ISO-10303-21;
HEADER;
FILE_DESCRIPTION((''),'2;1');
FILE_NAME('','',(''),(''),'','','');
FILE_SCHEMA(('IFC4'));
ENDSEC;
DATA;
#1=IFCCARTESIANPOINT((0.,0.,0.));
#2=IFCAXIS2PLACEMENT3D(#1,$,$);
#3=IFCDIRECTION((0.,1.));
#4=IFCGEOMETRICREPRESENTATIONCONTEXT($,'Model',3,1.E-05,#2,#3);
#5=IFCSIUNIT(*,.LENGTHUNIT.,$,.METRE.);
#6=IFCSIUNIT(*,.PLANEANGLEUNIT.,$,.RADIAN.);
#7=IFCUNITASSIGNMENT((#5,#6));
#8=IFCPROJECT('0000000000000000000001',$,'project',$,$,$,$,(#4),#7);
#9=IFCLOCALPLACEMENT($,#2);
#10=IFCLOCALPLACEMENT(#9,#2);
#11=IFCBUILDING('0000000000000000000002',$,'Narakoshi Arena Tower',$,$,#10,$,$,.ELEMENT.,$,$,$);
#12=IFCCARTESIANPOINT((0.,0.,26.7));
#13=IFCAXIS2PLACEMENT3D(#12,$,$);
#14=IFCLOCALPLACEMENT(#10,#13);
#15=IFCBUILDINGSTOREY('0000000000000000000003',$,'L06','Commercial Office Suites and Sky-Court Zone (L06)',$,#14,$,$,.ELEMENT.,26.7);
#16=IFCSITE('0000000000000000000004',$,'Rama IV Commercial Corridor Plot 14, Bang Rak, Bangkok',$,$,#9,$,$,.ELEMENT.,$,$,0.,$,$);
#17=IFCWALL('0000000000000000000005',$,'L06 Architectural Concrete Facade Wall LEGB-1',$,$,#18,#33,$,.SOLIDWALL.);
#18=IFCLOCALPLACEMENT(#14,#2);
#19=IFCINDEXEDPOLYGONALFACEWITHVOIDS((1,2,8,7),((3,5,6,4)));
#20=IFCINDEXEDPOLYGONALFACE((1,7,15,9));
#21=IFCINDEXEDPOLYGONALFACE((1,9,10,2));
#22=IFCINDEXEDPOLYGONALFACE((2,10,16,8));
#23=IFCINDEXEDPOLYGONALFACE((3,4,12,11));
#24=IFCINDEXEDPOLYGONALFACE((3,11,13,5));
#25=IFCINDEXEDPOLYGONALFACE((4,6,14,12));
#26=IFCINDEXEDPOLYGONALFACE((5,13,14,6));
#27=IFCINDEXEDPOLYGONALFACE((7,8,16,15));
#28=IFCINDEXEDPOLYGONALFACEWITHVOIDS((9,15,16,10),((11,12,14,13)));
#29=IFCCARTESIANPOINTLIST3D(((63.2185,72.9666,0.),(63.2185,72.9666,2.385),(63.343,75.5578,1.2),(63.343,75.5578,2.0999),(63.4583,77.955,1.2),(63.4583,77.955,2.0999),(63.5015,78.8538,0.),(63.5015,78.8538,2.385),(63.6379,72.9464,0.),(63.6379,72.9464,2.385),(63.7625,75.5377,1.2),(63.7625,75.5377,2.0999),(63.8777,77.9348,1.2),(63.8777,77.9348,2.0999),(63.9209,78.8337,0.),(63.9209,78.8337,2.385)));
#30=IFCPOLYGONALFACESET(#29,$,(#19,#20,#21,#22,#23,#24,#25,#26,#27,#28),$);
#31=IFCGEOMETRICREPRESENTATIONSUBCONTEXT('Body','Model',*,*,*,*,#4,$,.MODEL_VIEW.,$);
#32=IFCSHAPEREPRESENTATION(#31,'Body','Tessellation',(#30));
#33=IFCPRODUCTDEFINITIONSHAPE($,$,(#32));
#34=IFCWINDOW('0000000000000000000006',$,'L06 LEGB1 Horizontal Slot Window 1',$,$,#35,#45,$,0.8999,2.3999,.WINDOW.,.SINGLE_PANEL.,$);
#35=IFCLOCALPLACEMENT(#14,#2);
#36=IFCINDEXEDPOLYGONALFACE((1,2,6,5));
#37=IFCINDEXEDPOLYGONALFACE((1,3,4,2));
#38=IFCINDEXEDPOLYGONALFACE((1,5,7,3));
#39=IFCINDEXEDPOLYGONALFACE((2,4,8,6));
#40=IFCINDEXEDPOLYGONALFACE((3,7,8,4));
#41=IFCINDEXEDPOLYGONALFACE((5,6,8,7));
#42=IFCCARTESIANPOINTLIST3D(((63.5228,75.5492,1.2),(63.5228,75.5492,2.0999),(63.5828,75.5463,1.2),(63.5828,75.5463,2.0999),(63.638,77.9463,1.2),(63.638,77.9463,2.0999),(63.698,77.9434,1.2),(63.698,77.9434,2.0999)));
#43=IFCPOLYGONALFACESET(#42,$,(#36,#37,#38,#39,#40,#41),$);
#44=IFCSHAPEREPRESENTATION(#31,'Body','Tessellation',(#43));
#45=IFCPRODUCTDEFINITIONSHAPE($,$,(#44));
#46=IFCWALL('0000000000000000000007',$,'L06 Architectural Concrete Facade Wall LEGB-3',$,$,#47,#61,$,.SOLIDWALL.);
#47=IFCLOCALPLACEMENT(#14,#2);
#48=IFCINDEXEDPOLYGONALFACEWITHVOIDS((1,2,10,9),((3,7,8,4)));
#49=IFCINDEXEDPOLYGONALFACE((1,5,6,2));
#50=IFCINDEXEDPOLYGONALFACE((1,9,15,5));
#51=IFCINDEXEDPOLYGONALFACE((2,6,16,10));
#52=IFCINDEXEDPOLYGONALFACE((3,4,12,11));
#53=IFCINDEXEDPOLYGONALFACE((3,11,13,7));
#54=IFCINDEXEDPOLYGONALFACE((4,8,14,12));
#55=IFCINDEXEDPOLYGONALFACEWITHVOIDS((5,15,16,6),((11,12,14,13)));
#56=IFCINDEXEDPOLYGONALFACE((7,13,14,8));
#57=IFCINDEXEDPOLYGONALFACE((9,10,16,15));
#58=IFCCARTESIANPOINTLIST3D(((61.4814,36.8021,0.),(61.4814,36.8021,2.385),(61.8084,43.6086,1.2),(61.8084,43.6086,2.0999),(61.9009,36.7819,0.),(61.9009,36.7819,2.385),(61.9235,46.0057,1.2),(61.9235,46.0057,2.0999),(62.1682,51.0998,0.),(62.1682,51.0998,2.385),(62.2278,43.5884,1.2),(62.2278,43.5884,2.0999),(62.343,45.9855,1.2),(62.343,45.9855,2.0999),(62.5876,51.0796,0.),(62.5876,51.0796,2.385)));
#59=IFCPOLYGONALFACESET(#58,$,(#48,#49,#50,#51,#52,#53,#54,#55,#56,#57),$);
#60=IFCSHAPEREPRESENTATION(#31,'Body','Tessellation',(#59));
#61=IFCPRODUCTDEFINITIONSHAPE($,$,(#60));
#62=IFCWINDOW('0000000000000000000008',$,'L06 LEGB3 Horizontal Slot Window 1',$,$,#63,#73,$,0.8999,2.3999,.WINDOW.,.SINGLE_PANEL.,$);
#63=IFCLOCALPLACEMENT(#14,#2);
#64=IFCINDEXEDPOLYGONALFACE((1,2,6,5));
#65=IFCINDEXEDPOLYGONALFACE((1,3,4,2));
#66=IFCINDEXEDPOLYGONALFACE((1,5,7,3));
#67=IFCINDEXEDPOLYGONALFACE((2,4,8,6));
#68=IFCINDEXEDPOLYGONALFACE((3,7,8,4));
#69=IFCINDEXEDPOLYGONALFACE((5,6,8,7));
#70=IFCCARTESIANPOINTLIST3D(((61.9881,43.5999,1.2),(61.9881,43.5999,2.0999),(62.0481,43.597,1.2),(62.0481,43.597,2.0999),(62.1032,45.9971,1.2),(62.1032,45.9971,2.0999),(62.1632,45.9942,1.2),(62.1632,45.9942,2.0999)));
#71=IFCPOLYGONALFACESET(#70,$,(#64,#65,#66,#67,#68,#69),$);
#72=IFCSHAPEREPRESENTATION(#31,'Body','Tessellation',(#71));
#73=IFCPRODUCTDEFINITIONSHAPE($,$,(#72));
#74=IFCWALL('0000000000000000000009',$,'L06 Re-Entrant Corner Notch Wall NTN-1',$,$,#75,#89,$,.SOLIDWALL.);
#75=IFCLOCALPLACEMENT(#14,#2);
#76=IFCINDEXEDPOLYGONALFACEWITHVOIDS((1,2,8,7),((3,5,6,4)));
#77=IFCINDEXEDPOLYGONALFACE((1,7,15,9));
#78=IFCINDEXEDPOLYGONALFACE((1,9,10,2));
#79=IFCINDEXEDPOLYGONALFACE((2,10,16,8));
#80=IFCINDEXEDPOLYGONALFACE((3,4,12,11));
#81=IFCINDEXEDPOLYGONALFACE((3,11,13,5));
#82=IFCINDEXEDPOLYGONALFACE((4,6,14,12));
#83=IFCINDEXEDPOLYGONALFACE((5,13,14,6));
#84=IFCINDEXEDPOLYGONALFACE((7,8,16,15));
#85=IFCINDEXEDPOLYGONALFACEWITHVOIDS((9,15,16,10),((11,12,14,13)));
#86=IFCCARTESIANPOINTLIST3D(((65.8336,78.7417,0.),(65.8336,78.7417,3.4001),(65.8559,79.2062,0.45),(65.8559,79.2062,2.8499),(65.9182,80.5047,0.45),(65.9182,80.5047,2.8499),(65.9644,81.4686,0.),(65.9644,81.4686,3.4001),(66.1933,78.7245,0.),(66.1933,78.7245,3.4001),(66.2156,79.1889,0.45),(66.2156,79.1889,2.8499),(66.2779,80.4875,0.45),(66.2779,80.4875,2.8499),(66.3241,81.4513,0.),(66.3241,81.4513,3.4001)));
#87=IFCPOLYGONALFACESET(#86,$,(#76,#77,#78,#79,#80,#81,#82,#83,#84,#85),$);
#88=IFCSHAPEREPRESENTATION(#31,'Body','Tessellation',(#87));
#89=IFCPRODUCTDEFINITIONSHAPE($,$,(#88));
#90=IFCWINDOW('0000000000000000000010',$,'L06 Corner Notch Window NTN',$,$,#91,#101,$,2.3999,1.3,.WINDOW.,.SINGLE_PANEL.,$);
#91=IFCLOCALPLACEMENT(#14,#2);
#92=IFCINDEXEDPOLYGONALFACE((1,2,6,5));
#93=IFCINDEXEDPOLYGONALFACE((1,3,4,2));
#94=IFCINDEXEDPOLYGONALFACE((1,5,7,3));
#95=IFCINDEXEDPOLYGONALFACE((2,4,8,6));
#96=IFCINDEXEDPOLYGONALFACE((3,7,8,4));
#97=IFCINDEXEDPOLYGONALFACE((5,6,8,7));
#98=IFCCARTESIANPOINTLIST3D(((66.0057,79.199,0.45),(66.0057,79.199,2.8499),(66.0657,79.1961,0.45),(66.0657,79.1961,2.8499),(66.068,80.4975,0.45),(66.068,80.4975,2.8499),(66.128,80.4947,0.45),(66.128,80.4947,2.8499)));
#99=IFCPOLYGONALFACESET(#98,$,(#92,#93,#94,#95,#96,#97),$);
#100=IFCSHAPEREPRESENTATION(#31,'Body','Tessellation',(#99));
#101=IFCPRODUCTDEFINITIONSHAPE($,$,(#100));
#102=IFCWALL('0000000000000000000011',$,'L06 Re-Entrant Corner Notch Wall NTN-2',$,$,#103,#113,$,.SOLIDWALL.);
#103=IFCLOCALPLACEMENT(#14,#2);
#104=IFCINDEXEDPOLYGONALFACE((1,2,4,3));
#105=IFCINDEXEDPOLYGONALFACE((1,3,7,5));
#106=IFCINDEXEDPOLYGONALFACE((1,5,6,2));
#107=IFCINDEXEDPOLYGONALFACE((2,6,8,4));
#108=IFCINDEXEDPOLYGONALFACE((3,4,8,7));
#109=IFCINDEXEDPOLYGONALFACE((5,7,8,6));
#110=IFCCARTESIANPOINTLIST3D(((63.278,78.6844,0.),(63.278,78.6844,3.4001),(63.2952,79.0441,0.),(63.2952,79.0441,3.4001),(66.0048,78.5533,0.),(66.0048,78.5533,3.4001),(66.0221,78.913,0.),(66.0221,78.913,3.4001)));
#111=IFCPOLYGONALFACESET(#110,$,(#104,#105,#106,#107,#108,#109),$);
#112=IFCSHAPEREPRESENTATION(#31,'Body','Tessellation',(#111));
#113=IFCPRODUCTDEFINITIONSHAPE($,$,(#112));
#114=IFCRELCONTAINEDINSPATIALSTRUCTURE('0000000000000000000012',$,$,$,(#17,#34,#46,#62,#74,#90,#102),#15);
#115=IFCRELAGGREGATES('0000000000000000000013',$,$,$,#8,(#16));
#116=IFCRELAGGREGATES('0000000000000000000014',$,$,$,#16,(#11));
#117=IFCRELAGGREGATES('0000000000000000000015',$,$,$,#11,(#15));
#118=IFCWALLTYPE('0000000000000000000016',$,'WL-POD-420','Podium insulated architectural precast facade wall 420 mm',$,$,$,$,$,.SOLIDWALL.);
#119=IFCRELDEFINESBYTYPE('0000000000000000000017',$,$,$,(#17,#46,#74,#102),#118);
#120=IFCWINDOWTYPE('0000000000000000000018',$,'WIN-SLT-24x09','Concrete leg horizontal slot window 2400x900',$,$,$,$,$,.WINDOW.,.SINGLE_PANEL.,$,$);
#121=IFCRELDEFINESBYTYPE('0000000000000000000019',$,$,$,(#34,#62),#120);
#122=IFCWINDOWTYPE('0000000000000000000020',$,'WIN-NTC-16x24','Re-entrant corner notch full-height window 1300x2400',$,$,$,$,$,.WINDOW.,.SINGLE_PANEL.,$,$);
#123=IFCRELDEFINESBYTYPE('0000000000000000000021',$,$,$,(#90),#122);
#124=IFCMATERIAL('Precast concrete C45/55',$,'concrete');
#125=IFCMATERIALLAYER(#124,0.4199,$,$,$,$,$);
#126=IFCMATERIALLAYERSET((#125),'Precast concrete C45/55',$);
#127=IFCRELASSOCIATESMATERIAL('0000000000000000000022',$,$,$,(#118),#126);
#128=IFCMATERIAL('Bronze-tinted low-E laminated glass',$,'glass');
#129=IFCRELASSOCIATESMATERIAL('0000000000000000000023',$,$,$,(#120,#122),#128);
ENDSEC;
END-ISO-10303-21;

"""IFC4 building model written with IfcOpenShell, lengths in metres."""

from ifc_helpers import new_model, si_unit, direction, frame, frame_2d, origin, place, context, subcontext, project, spatial, rectangle, extrude, material, layer, layer_set, type_object, element, fill, save


model = new_model("IFC4")

# Units and contexts
model_context = context("Model", 3, precision=1e-05, world=origin(), true_north=direction((0.0, 1.0)))
body_context = subcontext(model_context, "Body", "Model", "MODEL_VIEW")
ifc_project = project(units=[si_unit("LENGTHUNIT", "METRE"), si_unit("PLANEANGLEUNIT", "RADIAN")], contexts=[model_context])

# Site, building, storey
site_placement = place(None, origin())
site = spatial("IfcSite", under=ifc_project, at=site_placement, Name="Rama IV Commercial Corridor Plot 14, Bang Rak, Bangkok", CompositionType="ELEMENT", RefElevation=0.0)
building_placement = place(site_placement, origin())
building = spatial("IfcBuilding", under=site, at=building_placement, Name="Narakoshi Arena Tower", CompositionType="ELEMENT")
storey_placement = place(building_placement, frame((0.0, 0.0, 26.7)))
storey = spatial("IfcBuildingStorey", under=building, at=storey_placement, Name="L06", Description="Commercial Office Suites and Sky-Court Zone (L06)", CompositionType="ELEMENT", Elevation=26.7)

# Shared definitions
ifc_material_1 = material(Name="Precast concrete C45/55", Category="concrete")

# Walls, openings, windows
ifc_layer_1 = layer(ifc_material_1, 0.4199)
ifc_layer_set_1 = layer_set([ifc_layer_1], Name="Precast concrete C45/55")
wall_type_1 = type_object("IfcWallType", Name="WL-POD-420", Description="Podium insulated architectural precast facade wall 420 mm", PredefinedType="SOLIDWALL", material=ifc_layer_set_1)
wall_1_placement = place(storey_placement, frame((63.7112, 78.8438, 0.0), z_axis=(0.0, 0.0, 1.0), x_axis=(-0.048008, -0.998847, 0.0)))
wall_1 = element("IfcWall", 1, at=wall_1_placement, inside=storey, type_object=wall_type_1, Name="L06 Architectural Concrete Facade Wall LEGB-1", PredefinedType="SOLIDWALL", context=body_context, shape_type="SweptSolid", body=[
    extrude(rectangle(XDim=5.894, YDim=0.4199, at=frame_2d((2.947, 0.0))), origin(), (0.0, 0.0, 1.0), 2.385),
])
opening_1_placement = place(wall_1_placement, frame((0.8999, 0.0, 1.2)))
opening_1 = element("IfcOpeningElement", 2, at=opening_1_placement, cuts=wall_1, PredefinedType="OPENING", context=body_context, shape_type="SweptSolid", body=[
    extrude(rectangle(XDim=2.3999, YDim=0.8999, at=frame_2d((1.2, 0.45))), frame((0.0, 0.22, 0.0), z_axis=(0.0, -1.0, 0.0), x_axis=(1.0, 0.0, 0.0)), (0.0, 0.0, 1.0), 0.4399),
])
ifc_material_2 = material(Name="Bronze-tinted low-E laminated glass", Category="glass")
window_type_1 = type_object("IfcWindowType", Name="WIN-SLT-24x09", Description="Concrete leg horizontal slot window 2400x900", PartitioningType="SINGLE_PANEL", PredefinedType="WINDOW", material=ifc_material_2)
window_1_placement = place(opening_1_placement, origin())
window_1 = element("IfcWindow", 3, at=window_1_placement, inside=storey, type_object=window_type_1, Name="L06 LEGB1 Horizontal Slot Window 1", OverallHeight=0.8999, OverallWidth=2.3999, PartitioningType="SINGLE_PANEL", PredefinedType="WINDOW", context=body_context, shape_type="SweptSolid", body=[
    extrude(rectangle(XDim=2.3999, YDim=0.8999, at=frame_2d((1.2, 0.45))), frame((0.0, 0.03, 0.0), z_axis=(0.0, -1.0, 0.0), x_axis=(1.0, 0.0, 0.0)), (0.0, 0.0, 1.0), 0.0601),
])
fill(opening_1, window_1)
wall_2_placement = place(storey_placement, frame((62.3779, 51.0898, 0.0), z_axis=(0.0, 0.0, 1.0), x_axis=(-0.047978, -0.998848, 0.0)))
wall_2 = element("IfcWall", 4, at=wall_2_placement, inside=storey, type_object=wall_type_1, Name="L06 Architectural Concrete Facade Wall LEGB-3", PredefinedType="SOLIDWALL", context=body_context, shape_type="SweptSolid", body=[
    extrude(rectangle(XDim=14.3142, YDim=0.4199, at=frame_2d((7.1572, 0.0))), origin(), (0.0, 0.0, 1.0), 2.385),
])
opening_2_placement = place(wall_2_placement, frame((5.1001, 0.0, 1.2)))
opening_2 = element("IfcOpeningElement", 5, at=opening_2_placement, cuts=wall_2, PredefinedType="OPENING", context=body_context, shape_type="SweptSolid", body=[
    extrude(rectangle(XDim=2.3999, YDim=0.8999, at=frame_2d((1.2, 0.45))), frame((0.0, 0.22, 0.0), z_axis=(0.0, -1.0, 0.0), x_axis=(1.0, 0.0, 0.0)), (0.0, 0.0, 1.0), 0.4399),
])
window_2_placement = place(opening_2_placement, origin())
window_2 = element("IfcWindow", 6, at=window_2_placement, inside=storey, type_object=window_type_1, Name="L06 LEGB3 Horizontal Slot Window 1", OverallHeight=0.8999, OverallWidth=2.3999, PartitioningType="SINGLE_PANEL", PredefinedType="WINDOW", context=body_context, shape_type="SweptSolid", body=[
    extrude(rectangle(XDim=2.3999, YDim=0.8999, at=frame_2d((1.2, 0.45))), frame((0.0, 0.03, 0.0), z_axis=(0.0, -1.0, 0.0), x_axis=(1.0, 0.0, 0.0)), (0.0, 0.0, 1.0), 0.0601),
])
fill(opening_2, window_2)
wall_3_placement = place(storey_placement, frame((66.1443, 81.46, 0.0), z_axis=(0.0, 0.0, 1.0), x_axis=(-0.047935, -0.99885, 0.0)))
wall_3 = element("IfcWall", 7, at=wall_3_placement, inside=storey, type_object=wall_type_1, Name="L06 Re-Entrant Corner Notch Wall NTN-1", PredefinedType="SOLIDWALL", context=body_context, shape_type="SweptSolid", body=[
    extrude(rectangle(XDim=2.73, YDim=0.3601, at=frame_2d((1.365, 0.0))), origin(), (0.0, 0.0, 1.0), 3.4001),
])
opening_3_placement = place(wall_3_placement, frame((0.9651, 0.0, 0.45)))
opening_3 = element("IfcOpeningElement", 8, at=opening_3_placement, cuts=wall_3, PredefinedType="OPENING", context=body_context, shape_type="SweptSolid", body=[
    extrude(rectangle(XDim=1.3, YDim=2.3999, at=frame_2d((0.6499, 1.2))), frame((0.0, 0.1899, 0.0), z_axis=(0.0, -1.0, 0.0), x_axis=(1.0, 0.0, 0.0)), (0.0, 0.0, 1.0), 0.3801),
])
window_type_2 = type_object("IfcWindowType", Name="WIN-NTC-16x24", Description="Re-entrant corner notch full-height window 1300x2400", PartitioningType="SINGLE_PANEL", PredefinedType="WINDOW", material=ifc_material_2)
window_3_placement = place(opening_3_placement, origin())
window_3 = element("IfcWindow", 9, at=window_3_placement, inside=storey, type_object=window_type_2, Name="L06 Corner Notch Window NTN", OverallHeight=2.3999, OverallWidth=1.3, PartitioningType="SINGLE_PANEL", PredefinedType="WINDOW", context=body_context, shape_type="SweptSolid", body=[
    extrude(rectangle(XDim=1.3, YDim=2.3999, at=frame_2d((0.6499, 1.2))), frame((0.0, 0.03, 0.0), z_axis=(0.0, -1.0, 0.0), x_axis=(1.0, 0.0, 0.0)), (0.0, 0.0, 1.0), 0.0601),
])
fill(opening_3, window_3)

# Wall
wall_4_placement = place(storey_placement, frame((66.0134, 78.7332, 0.0), z_axis=(0.0, 0.0, 1.0), x_axis=(-0.998846, 0.048024, 0.0)))
element("IfcWall", 10, at=wall_4_placement, inside=storey, type_object=wall_type_1, Name="L06 Re-Entrant Corner Notch Wall NTN-2", PredefinedType="SOLIDWALL", context=body_context, shape_type="SweptSolid", body=[
    extrude(rectangle(XDim=2.73, YDim=0.3601, at=frame_2d((1.365, 0.0))), origin(), (0.0, 0.0, 1.0), 3.4001),
])

save(model, "model.ifc")
